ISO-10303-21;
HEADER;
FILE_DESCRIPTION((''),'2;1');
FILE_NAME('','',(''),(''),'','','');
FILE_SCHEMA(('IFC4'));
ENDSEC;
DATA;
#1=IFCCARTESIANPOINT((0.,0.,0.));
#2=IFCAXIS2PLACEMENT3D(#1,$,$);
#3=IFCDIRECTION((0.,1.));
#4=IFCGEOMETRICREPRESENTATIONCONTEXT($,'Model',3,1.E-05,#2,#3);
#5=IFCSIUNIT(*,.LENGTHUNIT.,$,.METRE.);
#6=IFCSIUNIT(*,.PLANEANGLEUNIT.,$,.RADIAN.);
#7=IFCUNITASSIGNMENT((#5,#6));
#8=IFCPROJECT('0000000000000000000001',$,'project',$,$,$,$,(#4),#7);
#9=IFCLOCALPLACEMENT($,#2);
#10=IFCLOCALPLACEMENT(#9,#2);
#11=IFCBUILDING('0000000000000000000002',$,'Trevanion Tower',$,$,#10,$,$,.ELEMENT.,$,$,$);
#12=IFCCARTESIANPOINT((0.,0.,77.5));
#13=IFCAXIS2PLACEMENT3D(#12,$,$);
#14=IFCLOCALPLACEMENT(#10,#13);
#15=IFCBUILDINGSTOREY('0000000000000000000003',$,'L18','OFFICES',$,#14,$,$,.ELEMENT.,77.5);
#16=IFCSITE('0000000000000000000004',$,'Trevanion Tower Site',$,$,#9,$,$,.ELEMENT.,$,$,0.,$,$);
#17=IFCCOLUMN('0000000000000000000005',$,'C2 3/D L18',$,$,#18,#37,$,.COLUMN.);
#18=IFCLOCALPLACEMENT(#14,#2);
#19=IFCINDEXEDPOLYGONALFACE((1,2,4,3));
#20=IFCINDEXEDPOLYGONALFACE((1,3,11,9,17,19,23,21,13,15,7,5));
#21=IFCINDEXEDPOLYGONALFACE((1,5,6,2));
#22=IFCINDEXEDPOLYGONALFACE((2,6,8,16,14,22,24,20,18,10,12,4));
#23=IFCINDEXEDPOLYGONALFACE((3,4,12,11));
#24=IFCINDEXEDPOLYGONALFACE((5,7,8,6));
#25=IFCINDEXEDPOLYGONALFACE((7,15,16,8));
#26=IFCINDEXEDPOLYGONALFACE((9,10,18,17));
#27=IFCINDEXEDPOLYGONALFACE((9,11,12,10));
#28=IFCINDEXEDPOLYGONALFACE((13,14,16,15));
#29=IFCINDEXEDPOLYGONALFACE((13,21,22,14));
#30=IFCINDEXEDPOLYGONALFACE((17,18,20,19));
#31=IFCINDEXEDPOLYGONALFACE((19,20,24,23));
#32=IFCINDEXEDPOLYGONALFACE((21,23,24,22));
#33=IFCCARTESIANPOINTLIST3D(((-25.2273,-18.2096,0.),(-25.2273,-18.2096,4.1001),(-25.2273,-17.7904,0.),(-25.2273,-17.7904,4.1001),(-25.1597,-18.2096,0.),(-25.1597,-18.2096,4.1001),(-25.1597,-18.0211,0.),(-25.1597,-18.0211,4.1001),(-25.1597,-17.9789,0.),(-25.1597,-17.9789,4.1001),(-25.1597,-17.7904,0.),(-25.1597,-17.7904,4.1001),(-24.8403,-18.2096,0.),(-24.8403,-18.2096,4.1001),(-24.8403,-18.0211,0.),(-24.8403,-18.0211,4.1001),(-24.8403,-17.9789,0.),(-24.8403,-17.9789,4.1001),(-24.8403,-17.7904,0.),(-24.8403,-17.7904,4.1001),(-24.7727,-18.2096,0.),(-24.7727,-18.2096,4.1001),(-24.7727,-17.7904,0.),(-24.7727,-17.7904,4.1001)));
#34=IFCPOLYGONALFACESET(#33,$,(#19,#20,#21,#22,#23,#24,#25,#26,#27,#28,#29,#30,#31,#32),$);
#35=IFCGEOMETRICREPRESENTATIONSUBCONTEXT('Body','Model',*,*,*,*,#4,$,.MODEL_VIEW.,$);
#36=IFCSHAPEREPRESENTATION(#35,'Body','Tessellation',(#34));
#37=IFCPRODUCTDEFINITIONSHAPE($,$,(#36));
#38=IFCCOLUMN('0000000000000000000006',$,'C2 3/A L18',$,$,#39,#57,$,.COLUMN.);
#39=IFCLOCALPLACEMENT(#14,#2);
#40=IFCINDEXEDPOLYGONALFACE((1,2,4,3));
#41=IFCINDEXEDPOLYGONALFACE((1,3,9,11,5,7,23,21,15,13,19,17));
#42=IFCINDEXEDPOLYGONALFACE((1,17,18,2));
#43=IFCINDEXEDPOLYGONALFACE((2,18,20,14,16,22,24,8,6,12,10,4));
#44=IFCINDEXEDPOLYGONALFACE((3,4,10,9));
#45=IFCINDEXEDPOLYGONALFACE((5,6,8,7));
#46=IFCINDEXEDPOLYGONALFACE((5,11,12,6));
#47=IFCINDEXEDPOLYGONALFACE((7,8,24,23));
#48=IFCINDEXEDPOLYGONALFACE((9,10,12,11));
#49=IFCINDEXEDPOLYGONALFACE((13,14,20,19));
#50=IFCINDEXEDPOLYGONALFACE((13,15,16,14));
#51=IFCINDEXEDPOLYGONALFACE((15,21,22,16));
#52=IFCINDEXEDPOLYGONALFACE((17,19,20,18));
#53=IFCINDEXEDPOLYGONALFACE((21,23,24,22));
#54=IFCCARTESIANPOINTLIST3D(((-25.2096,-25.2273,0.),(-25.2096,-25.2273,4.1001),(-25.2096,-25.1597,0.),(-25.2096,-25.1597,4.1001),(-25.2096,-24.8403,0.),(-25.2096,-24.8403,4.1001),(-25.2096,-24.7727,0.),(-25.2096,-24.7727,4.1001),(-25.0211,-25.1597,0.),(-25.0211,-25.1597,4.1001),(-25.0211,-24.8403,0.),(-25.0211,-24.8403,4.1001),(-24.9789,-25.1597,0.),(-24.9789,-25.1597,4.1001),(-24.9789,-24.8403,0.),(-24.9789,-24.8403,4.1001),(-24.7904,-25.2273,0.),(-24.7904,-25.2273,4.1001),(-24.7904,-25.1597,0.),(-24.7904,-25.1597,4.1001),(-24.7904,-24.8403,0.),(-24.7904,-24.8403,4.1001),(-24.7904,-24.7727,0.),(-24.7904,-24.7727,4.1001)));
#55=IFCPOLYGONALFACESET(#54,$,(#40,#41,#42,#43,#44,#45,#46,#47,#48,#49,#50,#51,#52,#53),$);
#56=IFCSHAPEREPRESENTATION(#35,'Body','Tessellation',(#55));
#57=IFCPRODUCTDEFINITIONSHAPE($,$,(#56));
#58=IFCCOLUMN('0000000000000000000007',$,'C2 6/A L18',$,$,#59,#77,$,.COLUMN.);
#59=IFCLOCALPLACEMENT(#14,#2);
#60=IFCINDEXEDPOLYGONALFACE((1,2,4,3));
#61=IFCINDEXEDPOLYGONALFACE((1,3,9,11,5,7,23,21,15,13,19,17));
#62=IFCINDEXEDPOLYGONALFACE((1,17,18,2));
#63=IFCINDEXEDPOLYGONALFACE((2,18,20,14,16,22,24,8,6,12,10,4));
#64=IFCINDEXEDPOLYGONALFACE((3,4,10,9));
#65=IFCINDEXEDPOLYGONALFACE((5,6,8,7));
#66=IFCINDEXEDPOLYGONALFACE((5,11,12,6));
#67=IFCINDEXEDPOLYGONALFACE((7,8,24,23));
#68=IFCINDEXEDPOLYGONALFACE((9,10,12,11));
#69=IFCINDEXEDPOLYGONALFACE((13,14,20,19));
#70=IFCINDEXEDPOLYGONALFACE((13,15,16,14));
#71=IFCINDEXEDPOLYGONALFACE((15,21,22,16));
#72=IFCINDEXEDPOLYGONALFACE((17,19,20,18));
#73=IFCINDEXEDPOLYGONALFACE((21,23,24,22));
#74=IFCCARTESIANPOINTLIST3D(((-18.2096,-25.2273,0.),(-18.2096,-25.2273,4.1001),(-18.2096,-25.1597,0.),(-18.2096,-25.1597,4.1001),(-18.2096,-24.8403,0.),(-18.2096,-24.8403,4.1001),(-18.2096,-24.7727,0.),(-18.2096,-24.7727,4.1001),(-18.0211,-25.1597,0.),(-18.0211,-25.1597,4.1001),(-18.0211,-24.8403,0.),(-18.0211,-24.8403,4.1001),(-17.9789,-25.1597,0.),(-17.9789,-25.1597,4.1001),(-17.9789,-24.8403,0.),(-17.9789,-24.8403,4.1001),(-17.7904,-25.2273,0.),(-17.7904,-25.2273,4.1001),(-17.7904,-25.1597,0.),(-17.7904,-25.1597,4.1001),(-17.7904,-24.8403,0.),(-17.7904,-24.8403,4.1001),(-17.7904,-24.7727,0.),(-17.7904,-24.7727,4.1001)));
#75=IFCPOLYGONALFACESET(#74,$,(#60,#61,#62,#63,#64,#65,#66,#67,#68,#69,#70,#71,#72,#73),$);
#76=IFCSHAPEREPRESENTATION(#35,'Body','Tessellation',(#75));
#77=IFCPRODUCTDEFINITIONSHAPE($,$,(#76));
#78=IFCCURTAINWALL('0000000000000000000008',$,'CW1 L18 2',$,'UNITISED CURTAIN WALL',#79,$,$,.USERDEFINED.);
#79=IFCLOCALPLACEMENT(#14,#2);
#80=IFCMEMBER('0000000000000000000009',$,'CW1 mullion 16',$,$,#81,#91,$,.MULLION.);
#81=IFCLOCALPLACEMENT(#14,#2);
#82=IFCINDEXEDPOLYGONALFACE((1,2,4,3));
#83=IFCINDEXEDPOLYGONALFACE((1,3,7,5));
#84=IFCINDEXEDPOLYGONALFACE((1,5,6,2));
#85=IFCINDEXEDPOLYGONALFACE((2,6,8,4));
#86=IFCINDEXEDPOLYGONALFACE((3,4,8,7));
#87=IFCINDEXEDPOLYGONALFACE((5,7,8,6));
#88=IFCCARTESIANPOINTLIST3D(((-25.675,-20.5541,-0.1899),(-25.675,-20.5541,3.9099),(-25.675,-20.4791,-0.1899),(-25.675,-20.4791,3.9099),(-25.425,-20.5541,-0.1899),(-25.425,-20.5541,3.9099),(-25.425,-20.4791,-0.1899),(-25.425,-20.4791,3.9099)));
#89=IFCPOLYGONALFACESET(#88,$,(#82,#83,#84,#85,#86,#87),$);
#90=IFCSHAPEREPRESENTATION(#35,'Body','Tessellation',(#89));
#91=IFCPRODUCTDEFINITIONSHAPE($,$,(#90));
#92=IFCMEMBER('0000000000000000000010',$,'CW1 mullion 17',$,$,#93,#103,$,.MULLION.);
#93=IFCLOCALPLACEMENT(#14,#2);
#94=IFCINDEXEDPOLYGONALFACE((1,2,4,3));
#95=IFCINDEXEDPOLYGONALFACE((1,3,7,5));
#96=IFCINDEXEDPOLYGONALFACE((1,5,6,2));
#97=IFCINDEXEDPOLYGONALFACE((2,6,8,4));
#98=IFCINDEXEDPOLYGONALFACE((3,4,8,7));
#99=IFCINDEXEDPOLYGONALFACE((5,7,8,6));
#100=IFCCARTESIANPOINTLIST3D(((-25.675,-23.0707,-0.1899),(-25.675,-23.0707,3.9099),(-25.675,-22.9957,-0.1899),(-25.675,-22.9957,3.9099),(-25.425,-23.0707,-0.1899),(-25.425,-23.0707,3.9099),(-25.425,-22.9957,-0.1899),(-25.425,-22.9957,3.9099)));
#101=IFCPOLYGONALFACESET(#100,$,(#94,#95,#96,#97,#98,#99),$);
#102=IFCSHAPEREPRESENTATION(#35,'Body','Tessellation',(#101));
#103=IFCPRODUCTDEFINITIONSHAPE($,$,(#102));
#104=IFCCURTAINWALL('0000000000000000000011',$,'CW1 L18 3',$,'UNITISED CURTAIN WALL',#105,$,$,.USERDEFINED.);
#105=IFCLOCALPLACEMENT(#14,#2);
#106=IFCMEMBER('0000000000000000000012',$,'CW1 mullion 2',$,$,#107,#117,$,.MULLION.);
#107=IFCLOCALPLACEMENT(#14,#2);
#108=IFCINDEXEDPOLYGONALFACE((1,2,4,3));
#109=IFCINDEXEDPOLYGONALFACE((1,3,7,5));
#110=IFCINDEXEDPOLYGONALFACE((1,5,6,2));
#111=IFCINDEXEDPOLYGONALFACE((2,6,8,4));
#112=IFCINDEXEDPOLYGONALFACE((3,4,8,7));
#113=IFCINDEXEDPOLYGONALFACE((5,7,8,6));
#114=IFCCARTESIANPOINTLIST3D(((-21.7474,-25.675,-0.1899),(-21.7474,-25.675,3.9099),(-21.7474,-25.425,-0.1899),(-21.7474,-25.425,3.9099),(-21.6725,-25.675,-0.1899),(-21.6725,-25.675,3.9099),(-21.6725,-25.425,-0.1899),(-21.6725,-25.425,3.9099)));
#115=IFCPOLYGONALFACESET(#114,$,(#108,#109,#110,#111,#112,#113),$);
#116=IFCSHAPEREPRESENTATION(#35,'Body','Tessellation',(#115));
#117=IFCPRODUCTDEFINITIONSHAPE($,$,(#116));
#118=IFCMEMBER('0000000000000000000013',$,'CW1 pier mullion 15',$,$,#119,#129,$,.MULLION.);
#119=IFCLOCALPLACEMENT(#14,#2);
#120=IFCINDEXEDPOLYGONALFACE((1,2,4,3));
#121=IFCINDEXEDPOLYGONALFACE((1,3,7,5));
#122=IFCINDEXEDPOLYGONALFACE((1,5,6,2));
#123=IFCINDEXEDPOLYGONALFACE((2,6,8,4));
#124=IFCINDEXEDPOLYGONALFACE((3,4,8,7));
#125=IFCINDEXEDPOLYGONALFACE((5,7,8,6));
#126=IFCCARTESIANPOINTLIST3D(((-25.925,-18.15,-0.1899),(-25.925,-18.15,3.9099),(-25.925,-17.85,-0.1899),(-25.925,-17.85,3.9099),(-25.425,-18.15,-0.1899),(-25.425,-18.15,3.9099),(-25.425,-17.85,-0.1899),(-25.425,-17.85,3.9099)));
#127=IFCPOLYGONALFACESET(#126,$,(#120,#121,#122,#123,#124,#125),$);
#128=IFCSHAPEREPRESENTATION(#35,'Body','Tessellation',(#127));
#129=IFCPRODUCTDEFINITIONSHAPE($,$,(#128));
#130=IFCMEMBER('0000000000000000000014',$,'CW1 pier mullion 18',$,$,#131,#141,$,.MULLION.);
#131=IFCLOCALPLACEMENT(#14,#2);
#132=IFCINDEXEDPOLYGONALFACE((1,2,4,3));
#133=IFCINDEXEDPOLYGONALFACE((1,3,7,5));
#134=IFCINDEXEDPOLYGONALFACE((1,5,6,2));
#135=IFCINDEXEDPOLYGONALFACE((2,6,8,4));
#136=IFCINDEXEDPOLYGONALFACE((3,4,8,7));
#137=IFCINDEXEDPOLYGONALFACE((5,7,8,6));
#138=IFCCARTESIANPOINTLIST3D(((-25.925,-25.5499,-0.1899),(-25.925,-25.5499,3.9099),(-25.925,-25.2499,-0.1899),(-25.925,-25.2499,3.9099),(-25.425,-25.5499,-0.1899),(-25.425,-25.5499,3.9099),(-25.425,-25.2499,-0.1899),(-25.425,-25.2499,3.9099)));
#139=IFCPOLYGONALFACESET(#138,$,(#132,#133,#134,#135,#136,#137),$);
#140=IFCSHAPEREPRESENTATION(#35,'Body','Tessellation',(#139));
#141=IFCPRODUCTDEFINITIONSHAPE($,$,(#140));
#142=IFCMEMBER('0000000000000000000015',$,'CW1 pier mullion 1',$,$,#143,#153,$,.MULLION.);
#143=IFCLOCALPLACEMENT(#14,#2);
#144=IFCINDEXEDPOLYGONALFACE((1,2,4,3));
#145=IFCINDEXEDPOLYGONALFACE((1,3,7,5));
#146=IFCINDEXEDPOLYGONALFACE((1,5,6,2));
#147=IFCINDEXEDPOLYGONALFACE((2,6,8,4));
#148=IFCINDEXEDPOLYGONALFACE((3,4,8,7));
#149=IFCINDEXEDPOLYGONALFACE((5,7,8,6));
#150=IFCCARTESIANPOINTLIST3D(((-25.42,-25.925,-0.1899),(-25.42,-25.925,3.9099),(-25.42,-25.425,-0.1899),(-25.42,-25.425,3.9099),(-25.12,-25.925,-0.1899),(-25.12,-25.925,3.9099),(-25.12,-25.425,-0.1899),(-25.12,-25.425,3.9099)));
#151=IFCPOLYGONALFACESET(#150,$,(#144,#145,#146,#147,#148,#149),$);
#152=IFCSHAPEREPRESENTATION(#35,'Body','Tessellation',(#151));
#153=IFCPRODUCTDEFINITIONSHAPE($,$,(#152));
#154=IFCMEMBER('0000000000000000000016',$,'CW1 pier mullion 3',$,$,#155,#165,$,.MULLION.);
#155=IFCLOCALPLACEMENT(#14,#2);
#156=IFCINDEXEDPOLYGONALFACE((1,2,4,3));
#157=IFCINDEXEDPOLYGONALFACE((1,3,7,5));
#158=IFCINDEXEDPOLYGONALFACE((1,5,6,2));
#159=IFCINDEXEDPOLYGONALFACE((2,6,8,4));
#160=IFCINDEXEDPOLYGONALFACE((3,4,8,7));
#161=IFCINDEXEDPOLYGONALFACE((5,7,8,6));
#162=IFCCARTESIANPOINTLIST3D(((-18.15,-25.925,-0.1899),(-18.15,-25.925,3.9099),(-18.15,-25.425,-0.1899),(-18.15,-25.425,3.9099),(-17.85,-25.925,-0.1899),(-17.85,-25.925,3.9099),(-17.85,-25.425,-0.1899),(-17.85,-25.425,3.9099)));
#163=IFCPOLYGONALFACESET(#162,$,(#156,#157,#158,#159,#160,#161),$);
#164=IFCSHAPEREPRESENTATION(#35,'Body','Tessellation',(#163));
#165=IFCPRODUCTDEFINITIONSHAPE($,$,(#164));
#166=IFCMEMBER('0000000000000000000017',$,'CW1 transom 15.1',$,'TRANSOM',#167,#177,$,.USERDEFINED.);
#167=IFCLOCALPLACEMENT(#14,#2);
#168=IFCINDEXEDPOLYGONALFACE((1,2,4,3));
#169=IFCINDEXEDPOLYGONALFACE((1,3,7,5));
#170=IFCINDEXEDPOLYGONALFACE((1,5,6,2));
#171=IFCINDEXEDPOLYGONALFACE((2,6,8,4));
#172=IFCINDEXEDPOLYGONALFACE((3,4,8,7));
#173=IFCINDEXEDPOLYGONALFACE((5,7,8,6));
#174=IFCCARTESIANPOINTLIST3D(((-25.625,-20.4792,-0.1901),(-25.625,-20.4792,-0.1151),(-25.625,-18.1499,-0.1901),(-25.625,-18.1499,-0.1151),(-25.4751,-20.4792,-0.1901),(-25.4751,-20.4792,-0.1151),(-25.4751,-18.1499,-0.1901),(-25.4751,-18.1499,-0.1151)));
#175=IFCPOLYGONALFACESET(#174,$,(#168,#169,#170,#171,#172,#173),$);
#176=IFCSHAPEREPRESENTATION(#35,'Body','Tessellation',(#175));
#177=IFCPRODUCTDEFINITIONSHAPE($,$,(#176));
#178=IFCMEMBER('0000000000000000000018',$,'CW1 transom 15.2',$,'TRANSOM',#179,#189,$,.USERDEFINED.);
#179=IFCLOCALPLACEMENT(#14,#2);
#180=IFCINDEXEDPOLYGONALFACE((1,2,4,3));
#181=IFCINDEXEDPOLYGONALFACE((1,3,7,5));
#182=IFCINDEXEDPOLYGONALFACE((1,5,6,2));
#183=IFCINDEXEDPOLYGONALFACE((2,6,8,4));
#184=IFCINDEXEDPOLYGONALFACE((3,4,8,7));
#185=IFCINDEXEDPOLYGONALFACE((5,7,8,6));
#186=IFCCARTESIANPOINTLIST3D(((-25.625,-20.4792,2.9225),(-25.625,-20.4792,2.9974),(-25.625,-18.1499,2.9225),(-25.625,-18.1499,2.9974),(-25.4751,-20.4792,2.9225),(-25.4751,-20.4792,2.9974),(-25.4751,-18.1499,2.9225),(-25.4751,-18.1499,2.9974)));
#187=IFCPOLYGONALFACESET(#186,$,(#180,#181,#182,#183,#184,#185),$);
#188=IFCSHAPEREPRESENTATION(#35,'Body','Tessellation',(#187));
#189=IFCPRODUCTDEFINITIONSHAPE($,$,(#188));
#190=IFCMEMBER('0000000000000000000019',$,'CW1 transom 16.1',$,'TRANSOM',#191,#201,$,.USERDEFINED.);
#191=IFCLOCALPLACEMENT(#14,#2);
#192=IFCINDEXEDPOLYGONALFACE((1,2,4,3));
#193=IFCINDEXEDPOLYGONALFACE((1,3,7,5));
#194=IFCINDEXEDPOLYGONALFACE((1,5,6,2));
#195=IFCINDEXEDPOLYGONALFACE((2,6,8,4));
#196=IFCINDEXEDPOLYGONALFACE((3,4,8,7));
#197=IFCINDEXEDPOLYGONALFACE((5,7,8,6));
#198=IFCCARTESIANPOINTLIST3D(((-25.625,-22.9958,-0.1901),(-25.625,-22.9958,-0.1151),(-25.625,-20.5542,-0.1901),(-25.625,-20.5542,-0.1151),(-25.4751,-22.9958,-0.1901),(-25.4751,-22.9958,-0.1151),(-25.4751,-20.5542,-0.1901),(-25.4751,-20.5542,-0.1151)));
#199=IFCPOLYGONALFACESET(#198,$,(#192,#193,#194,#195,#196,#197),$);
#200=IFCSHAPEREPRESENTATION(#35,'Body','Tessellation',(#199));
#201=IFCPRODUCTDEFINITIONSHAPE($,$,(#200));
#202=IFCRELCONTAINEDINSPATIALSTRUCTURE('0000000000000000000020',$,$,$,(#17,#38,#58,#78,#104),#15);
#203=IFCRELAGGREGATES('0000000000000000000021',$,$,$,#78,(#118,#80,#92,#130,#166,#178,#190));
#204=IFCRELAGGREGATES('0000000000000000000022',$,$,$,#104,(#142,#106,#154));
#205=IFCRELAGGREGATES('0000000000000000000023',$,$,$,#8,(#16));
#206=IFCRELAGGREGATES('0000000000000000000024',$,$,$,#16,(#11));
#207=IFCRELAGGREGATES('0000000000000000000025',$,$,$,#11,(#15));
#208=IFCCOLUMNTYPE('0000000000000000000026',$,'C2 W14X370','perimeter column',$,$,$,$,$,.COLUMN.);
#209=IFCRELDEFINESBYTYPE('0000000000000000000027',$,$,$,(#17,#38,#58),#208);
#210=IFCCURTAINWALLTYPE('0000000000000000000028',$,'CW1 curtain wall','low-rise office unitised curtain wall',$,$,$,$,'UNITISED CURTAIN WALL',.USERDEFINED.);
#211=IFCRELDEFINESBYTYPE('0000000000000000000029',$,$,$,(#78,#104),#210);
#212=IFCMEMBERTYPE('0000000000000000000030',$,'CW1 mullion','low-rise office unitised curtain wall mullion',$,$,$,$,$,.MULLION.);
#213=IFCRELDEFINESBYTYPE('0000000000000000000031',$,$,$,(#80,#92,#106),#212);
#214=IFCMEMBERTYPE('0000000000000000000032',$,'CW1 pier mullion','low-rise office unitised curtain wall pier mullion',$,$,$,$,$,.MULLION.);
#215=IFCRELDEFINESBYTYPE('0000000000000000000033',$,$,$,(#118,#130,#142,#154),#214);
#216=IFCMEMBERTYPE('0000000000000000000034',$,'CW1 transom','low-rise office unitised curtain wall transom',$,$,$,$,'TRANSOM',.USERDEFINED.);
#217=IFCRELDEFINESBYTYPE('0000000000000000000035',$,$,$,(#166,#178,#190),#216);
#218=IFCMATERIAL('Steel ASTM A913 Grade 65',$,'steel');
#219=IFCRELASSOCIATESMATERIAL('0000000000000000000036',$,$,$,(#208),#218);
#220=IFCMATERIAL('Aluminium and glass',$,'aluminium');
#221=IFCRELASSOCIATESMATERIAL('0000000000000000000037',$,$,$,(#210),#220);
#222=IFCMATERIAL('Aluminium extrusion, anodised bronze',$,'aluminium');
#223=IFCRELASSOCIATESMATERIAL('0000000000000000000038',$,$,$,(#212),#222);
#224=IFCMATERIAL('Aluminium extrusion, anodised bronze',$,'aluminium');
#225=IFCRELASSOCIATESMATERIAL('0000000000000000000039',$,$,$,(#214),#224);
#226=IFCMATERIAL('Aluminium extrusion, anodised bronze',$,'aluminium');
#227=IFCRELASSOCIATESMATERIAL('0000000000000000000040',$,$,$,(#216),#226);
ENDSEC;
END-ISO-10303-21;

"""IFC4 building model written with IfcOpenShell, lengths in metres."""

from ifc_helpers import new_model, si_unit, direction, frame, origin, origin_2d, place, context, subcontext, project, spatial, rectangle, i_section, extrude, material, material_profile, profile_set, type_object, element, aggregate, save


model = new_model("IFC4")

# Units and contexts
model_context = context("Model", 3, precision=1e-05, world=origin(), true_north=direction((0.0, 1.0)))
body_context = subcontext(model_context, "Body", "Model", "MODEL_VIEW")
ifc_project = project(units=[si_unit("LENGTHUNIT", "METRE"), si_unit("PLANEANGLEUNIT", "RADIAN")], contexts=[model_context])

# Site, building, storey
site_placement = place(None, origin())
site = spatial("IfcSite", under=ifc_project, at=site_placement, Name="Trevanion Tower Site", CompositionType="ELEMENT", RefElevation=0.0)
building_placement = place(site_placement, origin())
building = spatial("IfcBuilding", under=site, at=building_placement, Name="Trevanion Tower", CompositionType="ELEMENT")
storey_placement = place(building_placement, frame((0.0, 0.0, 77.5)))
storey = spatial("IfcBuildingStorey", under=building, at=storey_placement, Name="L18", Description="OFFICES", CompositionType="ELEMENT", Elevation=77.5)

# Columns
ifc_material_1 = material(Name="Steel ASTM A913 Grade 65", Category="steel")
ifc_material_profile_1 = material_profile(ifc_material_1, i_section(OverallWidth=0.4192, OverallDepth=0.4546, WebThickness=0.0422, FlangeThickness=0.0676, at=origin_2d()), Name="W14X370")
ifc_profile_set_1 = profile_set([ifc_material_profile_1], Name="Steel ASTM A913 Grade 65")
column_type = type_object("IfcColumnType", Name="C2 W14X370", Description="perimeter column", PredefinedType="COLUMN", material=ifc_profile_set_1)
for number, where, z_axis, x_axis, name in (
    (1, (-25.0, -18.0, 0.0), (0.0, 0.0, 1.0), (0.0, 1.0, 0.0), "C2 3/D L18"),
    (2, (-25.0, -25.0, 0.0), (0.0, 0.0, 1.0), (1.0, 0.0, 0.0), "C2 3/A L18"),
    (3, (-18.0, -25.0, 0.0), (0.0, 0.0, 1.0), (1.0, 0.0, 0.0), "C2 6/A L18"),
):
    element("IfcColumn", number, at=place(storey_placement, frame(where, z_axis=z_axis, x_axis=x_axis)), inside=storey, type_object=column_type, Name=name, PredefinedType="COLUMN", context=body_context, shape_type="SweptSolid", body=[
        extrude(i_section(OverallWidth=0.4192, OverallDepth=0.4546, WebThickness=0.0422, FlangeThickness=0.0676, at=origin_2d()), origin(), (0.0, 0.0, 1.0), 4.1001),
    ])

# Curtain wall, members
ifc_material_2 = material(Name="Aluminium and glass", Category="aluminium")
curtain_wall_type = type_object("IfcCurtainWallType", Name="CW1 curtain wall", Description="low-rise office unitised curtain wall", ElementType="UNITISED CURTAIN WALL", PredefinedType="USERDEFINED", material=ifc_material_2)
curtain_wall_1_placement = place(storey_placement, origin())
curtain_wall_1 = element("IfcCurtainWall", 4, at=curtain_wall_1_placement, inside=storey, type_object=curtain_wall_type, Name="CW1 L18 2", ObjectType="UNITISED CURTAIN WALL", PredefinedType="USERDEFINED")
ifc_material_3 = material(Name="Aluminium extrusion, anodised bronze", Category="aluminium")
ifc_material_profile_2 = material_profile(ifc_material_3, rectangle(XDim=0.075, YDim=0.25, at=origin_2d()), Name="CW1 mullion")
ifc_profile_set_2 = profile_set([ifc_material_profile_2], Name="Aluminium extrusion, anodised bronze")
member_type_1 = type_object("IfcMemberType", Name="CW1 mullion", Description="low-rise office unitised curtain wall mullion", PredefinedType="MULLION", material=ifc_profile_set_2)
member_1_placement = place(storey_placement, frame((-25.55, -20.5166, -0.1899), z_axis=(0.0, 0.0, 1.0), x_axis=(0.0, -1.0, 0.0)))
member_1 = element("IfcMember", 5, at=member_1_placement, type_object=member_type_1, Name="CW1 mullion 16", PredefinedType="MULLION", context=body_context, shape_type="SweptSolid", body=[
    extrude(rectangle(XDim=0.075, YDim=0.25, at=origin_2d()), origin(), (0.0, 0.0, 1.0), 4.0999),
])
member_2_placement = place(storey_placement, frame((-25.55, -23.0332, -0.1899), z_axis=(0.0, 0.0, 1.0), x_axis=(0.0, -1.0, 0.0)))
member_2 = element("IfcMember", 6, at=member_2_placement, type_object=member_type_1, Name="CW1 mullion 17", PredefinedType="MULLION", context=body_context, shape_type="SweptSolid", body=[
    extrude(rectangle(XDim=0.075, YDim=0.25, at=origin_2d()), origin(), (0.0, 0.0, 1.0), 4.0999),
])

# Curtain wall, member
curtain_wall_2_placement = place(storey_placement, origin())
curtain_wall_2 = element("IfcCurtainWall", 7, at=curtain_wall_2_placement, inside=storey, type_object=curtain_wall_type, Name="CW1 L18 3", ObjectType="UNITISED CURTAIN WALL", PredefinedType="USERDEFINED")
member_3_placement = place(storey_placement, frame((-21.71, -25.55, -0.1899), z_axis=(0.0, 0.0, 1.0), x_axis=(1.0, 0.0, 0.0)))
member_3 = element("IfcMember", 8, at=member_3_placement, type_object=member_type_1, Name="CW1 mullion 2", PredefinedType="MULLION", context=body_context, shape_type="SweptSolid", body=[
    extrude(rectangle(XDim=0.075, YDim=0.25, at=origin_2d()), origin(), (0.0, 0.0, 1.0), 4.0999),
])

# Members
ifc_material_4 = material(Name="Aluminium extrusion, anodised bronze", Category="aluminium")
ifc_material_profile_3 = material_profile(ifc_material_4, rectangle(XDim=0.3, YDim=0.5, at=origin_2d()), Name="CW1 pier mullion")
ifc_profile_set_3 = profile_set([ifc_material_profile_3], Name="Aluminium extrusion, anodised bronze")
member_type_2 = type_object("IfcMemberType", Name="CW1 pier mullion", Description="low-rise office unitised curtain wall pier mullion", PredefinedType="MULLION", material=ifc_profile_set_3)
member_4_placement = place(storey_placement, frame((-25.675, -18.0, -0.1899), z_axis=(0.0, 0.0, 1.0), x_axis=(0.0, -1.0, 0.0)))
member_4 = element("IfcMember", 9, at=member_4_placement, type_object=member_type_2, Name="CW1 pier mullion 15", PredefinedType="MULLION", context=body_context, shape_type="SweptSolid", body=[
    extrude(rectangle(XDim=0.3, YDim=0.5, at=origin_2d()), origin(), (0.0, 0.0, 1.0), 4.0999),
])
member_5_placement = place(storey_placement, frame((-25.675, -25.3999, -0.1899), z_axis=(0.0, 0.0, 1.0), x_axis=(0.0, -1.0, 0.0)))
member_5 = element("IfcMember", 10, at=member_5_placement, type_object=member_type_2, Name="CW1 pier mullion 18", PredefinedType="MULLION", context=body_context, shape_type="SweptSolid", body=[
    extrude(rectangle(XDim=0.3, YDim=0.5, at=origin_2d()), origin(), (0.0, 0.0, 1.0), 4.0999),
])
member_6_placement = place(storey_placement, frame((-25.27, -25.675, -0.1899), z_axis=(0.0, 0.0, 1.0), x_axis=(1.0, 0.0, 0.0)))
member_6 = element("IfcMember", 11, at=member_6_placement, type_object=member_type_2, Name="CW1 pier mullion 1", PredefinedType="MULLION", context=body_context, shape_type="SweptSolid", body=[
    extrude(rectangle(XDim=0.3, YDim=0.5, at=origin_2d()), origin(), (0.0, 0.0, 1.0), 4.0999),
])
member_7_placement = place(storey_placement, frame((-18.0, -25.675, -0.1899), z_axis=(0.0, 0.0, 1.0), x_axis=(1.0, 0.0, 0.0)))
member_7 = element("IfcMember", 12, at=member_7_placement, type_object=member_type_2, Name="CW1 pier mullion 3", PredefinedType="MULLION", context=body_context, shape_type="SweptSolid", body=[
    extrude(rectangle(XDim=0.3, YDim=0.5, at=origin_2d()), origin(), (0.0, 0.0, 1.0), 4.0999),
])
ifc_material_5 = material(Name="Aluminium extrusion, anodised bronze", Category="aluminium")
ifc_material_profile_4 = material_profile(ifc_material_5, rectangle(XDim=0.1499, YDim=0.075, at=origin_2d()), Name="CW1 transom")
ifc_profile_set_4 = profile_set([ifc_material_profile_4], Name="Aluminium extrusion, anodised bronze")
member_type_3 = type_object("IfcMemberType", Name="CW1 transom", Description="low-rise office unitised curtain wall transom", ElementType="TRANSOM", PredefinedType="USERDEFINED", material=ifc_profile_set_4)
member_8_placement = place(storey_placement, frame((-25.55, -18.1499, -0.1526), z_axis=(0.0, -1.0, 0.0), x_axis=(1.0, 0.0, 0.0)))
member_8 = element("IfcMember", 13, at=member_8_placement, type_object=member_type_3, Name="CW1 transom 15.1", ObjectType="TRANSOM", PredefinedType="USERDEFINED", context=body_context, shape_type="SweptSolid", body=[
    extrude(rectangle(XDim=0.1499, YDim=0.075, at=origin_2d()), origin(), (0.0, 0.0, 1.0), 2.3293),
])
member_9_placement = place(storey_placement, frame((-25.55, -18.1499, 2.96), z_axis=(0.0, -1.0, 0.0), x_axis=(1.0, 0.0, 0.0)))
member_9 = element("IfcMember", 14, at=member_9_placement, type_object=member_type_3, Name="CW1 transom 15.2", ObjectType="TRANSOM", PredefinedType="USERDEFINED", context=body_context, shape_type="SweptSolid", body=[
    extrude(rectangle(XDim=0.1499, YDim=0.075, at=origin_2d()), origin(), (0.0, 0.0, 1.0), 2.3293),
])
member_10_placement = place(storey_placement, frame((-25.55, -20.5542, -0.1526), z_axis=(0.0, -1.0, 0.0), x_axis=(1.0, 0.0, 0.0)))
member_10 = element("IfcMember", 15, at=member_10_placement, type_object=member_type_3, Name="CW1 transom 16.1", ObjectType="TRANSOM", PredefinedType="USERDEFINED", context=body_context, shape_type="SweptSolid", body=[
    extrude(rectangle(XDim=0.1499, YDim=0.075, at=origin_2d()), origin(), (0.0, 0.0, 1.0), 2.4417),
])

aggregate(curtain_wall_1, [member_4, member_1, member_2, member_5, member_8, member_9, member_10])
aggregate(curtain_wall_2, [member_6, member_3, member_7])

save(model, "model.ifc")
